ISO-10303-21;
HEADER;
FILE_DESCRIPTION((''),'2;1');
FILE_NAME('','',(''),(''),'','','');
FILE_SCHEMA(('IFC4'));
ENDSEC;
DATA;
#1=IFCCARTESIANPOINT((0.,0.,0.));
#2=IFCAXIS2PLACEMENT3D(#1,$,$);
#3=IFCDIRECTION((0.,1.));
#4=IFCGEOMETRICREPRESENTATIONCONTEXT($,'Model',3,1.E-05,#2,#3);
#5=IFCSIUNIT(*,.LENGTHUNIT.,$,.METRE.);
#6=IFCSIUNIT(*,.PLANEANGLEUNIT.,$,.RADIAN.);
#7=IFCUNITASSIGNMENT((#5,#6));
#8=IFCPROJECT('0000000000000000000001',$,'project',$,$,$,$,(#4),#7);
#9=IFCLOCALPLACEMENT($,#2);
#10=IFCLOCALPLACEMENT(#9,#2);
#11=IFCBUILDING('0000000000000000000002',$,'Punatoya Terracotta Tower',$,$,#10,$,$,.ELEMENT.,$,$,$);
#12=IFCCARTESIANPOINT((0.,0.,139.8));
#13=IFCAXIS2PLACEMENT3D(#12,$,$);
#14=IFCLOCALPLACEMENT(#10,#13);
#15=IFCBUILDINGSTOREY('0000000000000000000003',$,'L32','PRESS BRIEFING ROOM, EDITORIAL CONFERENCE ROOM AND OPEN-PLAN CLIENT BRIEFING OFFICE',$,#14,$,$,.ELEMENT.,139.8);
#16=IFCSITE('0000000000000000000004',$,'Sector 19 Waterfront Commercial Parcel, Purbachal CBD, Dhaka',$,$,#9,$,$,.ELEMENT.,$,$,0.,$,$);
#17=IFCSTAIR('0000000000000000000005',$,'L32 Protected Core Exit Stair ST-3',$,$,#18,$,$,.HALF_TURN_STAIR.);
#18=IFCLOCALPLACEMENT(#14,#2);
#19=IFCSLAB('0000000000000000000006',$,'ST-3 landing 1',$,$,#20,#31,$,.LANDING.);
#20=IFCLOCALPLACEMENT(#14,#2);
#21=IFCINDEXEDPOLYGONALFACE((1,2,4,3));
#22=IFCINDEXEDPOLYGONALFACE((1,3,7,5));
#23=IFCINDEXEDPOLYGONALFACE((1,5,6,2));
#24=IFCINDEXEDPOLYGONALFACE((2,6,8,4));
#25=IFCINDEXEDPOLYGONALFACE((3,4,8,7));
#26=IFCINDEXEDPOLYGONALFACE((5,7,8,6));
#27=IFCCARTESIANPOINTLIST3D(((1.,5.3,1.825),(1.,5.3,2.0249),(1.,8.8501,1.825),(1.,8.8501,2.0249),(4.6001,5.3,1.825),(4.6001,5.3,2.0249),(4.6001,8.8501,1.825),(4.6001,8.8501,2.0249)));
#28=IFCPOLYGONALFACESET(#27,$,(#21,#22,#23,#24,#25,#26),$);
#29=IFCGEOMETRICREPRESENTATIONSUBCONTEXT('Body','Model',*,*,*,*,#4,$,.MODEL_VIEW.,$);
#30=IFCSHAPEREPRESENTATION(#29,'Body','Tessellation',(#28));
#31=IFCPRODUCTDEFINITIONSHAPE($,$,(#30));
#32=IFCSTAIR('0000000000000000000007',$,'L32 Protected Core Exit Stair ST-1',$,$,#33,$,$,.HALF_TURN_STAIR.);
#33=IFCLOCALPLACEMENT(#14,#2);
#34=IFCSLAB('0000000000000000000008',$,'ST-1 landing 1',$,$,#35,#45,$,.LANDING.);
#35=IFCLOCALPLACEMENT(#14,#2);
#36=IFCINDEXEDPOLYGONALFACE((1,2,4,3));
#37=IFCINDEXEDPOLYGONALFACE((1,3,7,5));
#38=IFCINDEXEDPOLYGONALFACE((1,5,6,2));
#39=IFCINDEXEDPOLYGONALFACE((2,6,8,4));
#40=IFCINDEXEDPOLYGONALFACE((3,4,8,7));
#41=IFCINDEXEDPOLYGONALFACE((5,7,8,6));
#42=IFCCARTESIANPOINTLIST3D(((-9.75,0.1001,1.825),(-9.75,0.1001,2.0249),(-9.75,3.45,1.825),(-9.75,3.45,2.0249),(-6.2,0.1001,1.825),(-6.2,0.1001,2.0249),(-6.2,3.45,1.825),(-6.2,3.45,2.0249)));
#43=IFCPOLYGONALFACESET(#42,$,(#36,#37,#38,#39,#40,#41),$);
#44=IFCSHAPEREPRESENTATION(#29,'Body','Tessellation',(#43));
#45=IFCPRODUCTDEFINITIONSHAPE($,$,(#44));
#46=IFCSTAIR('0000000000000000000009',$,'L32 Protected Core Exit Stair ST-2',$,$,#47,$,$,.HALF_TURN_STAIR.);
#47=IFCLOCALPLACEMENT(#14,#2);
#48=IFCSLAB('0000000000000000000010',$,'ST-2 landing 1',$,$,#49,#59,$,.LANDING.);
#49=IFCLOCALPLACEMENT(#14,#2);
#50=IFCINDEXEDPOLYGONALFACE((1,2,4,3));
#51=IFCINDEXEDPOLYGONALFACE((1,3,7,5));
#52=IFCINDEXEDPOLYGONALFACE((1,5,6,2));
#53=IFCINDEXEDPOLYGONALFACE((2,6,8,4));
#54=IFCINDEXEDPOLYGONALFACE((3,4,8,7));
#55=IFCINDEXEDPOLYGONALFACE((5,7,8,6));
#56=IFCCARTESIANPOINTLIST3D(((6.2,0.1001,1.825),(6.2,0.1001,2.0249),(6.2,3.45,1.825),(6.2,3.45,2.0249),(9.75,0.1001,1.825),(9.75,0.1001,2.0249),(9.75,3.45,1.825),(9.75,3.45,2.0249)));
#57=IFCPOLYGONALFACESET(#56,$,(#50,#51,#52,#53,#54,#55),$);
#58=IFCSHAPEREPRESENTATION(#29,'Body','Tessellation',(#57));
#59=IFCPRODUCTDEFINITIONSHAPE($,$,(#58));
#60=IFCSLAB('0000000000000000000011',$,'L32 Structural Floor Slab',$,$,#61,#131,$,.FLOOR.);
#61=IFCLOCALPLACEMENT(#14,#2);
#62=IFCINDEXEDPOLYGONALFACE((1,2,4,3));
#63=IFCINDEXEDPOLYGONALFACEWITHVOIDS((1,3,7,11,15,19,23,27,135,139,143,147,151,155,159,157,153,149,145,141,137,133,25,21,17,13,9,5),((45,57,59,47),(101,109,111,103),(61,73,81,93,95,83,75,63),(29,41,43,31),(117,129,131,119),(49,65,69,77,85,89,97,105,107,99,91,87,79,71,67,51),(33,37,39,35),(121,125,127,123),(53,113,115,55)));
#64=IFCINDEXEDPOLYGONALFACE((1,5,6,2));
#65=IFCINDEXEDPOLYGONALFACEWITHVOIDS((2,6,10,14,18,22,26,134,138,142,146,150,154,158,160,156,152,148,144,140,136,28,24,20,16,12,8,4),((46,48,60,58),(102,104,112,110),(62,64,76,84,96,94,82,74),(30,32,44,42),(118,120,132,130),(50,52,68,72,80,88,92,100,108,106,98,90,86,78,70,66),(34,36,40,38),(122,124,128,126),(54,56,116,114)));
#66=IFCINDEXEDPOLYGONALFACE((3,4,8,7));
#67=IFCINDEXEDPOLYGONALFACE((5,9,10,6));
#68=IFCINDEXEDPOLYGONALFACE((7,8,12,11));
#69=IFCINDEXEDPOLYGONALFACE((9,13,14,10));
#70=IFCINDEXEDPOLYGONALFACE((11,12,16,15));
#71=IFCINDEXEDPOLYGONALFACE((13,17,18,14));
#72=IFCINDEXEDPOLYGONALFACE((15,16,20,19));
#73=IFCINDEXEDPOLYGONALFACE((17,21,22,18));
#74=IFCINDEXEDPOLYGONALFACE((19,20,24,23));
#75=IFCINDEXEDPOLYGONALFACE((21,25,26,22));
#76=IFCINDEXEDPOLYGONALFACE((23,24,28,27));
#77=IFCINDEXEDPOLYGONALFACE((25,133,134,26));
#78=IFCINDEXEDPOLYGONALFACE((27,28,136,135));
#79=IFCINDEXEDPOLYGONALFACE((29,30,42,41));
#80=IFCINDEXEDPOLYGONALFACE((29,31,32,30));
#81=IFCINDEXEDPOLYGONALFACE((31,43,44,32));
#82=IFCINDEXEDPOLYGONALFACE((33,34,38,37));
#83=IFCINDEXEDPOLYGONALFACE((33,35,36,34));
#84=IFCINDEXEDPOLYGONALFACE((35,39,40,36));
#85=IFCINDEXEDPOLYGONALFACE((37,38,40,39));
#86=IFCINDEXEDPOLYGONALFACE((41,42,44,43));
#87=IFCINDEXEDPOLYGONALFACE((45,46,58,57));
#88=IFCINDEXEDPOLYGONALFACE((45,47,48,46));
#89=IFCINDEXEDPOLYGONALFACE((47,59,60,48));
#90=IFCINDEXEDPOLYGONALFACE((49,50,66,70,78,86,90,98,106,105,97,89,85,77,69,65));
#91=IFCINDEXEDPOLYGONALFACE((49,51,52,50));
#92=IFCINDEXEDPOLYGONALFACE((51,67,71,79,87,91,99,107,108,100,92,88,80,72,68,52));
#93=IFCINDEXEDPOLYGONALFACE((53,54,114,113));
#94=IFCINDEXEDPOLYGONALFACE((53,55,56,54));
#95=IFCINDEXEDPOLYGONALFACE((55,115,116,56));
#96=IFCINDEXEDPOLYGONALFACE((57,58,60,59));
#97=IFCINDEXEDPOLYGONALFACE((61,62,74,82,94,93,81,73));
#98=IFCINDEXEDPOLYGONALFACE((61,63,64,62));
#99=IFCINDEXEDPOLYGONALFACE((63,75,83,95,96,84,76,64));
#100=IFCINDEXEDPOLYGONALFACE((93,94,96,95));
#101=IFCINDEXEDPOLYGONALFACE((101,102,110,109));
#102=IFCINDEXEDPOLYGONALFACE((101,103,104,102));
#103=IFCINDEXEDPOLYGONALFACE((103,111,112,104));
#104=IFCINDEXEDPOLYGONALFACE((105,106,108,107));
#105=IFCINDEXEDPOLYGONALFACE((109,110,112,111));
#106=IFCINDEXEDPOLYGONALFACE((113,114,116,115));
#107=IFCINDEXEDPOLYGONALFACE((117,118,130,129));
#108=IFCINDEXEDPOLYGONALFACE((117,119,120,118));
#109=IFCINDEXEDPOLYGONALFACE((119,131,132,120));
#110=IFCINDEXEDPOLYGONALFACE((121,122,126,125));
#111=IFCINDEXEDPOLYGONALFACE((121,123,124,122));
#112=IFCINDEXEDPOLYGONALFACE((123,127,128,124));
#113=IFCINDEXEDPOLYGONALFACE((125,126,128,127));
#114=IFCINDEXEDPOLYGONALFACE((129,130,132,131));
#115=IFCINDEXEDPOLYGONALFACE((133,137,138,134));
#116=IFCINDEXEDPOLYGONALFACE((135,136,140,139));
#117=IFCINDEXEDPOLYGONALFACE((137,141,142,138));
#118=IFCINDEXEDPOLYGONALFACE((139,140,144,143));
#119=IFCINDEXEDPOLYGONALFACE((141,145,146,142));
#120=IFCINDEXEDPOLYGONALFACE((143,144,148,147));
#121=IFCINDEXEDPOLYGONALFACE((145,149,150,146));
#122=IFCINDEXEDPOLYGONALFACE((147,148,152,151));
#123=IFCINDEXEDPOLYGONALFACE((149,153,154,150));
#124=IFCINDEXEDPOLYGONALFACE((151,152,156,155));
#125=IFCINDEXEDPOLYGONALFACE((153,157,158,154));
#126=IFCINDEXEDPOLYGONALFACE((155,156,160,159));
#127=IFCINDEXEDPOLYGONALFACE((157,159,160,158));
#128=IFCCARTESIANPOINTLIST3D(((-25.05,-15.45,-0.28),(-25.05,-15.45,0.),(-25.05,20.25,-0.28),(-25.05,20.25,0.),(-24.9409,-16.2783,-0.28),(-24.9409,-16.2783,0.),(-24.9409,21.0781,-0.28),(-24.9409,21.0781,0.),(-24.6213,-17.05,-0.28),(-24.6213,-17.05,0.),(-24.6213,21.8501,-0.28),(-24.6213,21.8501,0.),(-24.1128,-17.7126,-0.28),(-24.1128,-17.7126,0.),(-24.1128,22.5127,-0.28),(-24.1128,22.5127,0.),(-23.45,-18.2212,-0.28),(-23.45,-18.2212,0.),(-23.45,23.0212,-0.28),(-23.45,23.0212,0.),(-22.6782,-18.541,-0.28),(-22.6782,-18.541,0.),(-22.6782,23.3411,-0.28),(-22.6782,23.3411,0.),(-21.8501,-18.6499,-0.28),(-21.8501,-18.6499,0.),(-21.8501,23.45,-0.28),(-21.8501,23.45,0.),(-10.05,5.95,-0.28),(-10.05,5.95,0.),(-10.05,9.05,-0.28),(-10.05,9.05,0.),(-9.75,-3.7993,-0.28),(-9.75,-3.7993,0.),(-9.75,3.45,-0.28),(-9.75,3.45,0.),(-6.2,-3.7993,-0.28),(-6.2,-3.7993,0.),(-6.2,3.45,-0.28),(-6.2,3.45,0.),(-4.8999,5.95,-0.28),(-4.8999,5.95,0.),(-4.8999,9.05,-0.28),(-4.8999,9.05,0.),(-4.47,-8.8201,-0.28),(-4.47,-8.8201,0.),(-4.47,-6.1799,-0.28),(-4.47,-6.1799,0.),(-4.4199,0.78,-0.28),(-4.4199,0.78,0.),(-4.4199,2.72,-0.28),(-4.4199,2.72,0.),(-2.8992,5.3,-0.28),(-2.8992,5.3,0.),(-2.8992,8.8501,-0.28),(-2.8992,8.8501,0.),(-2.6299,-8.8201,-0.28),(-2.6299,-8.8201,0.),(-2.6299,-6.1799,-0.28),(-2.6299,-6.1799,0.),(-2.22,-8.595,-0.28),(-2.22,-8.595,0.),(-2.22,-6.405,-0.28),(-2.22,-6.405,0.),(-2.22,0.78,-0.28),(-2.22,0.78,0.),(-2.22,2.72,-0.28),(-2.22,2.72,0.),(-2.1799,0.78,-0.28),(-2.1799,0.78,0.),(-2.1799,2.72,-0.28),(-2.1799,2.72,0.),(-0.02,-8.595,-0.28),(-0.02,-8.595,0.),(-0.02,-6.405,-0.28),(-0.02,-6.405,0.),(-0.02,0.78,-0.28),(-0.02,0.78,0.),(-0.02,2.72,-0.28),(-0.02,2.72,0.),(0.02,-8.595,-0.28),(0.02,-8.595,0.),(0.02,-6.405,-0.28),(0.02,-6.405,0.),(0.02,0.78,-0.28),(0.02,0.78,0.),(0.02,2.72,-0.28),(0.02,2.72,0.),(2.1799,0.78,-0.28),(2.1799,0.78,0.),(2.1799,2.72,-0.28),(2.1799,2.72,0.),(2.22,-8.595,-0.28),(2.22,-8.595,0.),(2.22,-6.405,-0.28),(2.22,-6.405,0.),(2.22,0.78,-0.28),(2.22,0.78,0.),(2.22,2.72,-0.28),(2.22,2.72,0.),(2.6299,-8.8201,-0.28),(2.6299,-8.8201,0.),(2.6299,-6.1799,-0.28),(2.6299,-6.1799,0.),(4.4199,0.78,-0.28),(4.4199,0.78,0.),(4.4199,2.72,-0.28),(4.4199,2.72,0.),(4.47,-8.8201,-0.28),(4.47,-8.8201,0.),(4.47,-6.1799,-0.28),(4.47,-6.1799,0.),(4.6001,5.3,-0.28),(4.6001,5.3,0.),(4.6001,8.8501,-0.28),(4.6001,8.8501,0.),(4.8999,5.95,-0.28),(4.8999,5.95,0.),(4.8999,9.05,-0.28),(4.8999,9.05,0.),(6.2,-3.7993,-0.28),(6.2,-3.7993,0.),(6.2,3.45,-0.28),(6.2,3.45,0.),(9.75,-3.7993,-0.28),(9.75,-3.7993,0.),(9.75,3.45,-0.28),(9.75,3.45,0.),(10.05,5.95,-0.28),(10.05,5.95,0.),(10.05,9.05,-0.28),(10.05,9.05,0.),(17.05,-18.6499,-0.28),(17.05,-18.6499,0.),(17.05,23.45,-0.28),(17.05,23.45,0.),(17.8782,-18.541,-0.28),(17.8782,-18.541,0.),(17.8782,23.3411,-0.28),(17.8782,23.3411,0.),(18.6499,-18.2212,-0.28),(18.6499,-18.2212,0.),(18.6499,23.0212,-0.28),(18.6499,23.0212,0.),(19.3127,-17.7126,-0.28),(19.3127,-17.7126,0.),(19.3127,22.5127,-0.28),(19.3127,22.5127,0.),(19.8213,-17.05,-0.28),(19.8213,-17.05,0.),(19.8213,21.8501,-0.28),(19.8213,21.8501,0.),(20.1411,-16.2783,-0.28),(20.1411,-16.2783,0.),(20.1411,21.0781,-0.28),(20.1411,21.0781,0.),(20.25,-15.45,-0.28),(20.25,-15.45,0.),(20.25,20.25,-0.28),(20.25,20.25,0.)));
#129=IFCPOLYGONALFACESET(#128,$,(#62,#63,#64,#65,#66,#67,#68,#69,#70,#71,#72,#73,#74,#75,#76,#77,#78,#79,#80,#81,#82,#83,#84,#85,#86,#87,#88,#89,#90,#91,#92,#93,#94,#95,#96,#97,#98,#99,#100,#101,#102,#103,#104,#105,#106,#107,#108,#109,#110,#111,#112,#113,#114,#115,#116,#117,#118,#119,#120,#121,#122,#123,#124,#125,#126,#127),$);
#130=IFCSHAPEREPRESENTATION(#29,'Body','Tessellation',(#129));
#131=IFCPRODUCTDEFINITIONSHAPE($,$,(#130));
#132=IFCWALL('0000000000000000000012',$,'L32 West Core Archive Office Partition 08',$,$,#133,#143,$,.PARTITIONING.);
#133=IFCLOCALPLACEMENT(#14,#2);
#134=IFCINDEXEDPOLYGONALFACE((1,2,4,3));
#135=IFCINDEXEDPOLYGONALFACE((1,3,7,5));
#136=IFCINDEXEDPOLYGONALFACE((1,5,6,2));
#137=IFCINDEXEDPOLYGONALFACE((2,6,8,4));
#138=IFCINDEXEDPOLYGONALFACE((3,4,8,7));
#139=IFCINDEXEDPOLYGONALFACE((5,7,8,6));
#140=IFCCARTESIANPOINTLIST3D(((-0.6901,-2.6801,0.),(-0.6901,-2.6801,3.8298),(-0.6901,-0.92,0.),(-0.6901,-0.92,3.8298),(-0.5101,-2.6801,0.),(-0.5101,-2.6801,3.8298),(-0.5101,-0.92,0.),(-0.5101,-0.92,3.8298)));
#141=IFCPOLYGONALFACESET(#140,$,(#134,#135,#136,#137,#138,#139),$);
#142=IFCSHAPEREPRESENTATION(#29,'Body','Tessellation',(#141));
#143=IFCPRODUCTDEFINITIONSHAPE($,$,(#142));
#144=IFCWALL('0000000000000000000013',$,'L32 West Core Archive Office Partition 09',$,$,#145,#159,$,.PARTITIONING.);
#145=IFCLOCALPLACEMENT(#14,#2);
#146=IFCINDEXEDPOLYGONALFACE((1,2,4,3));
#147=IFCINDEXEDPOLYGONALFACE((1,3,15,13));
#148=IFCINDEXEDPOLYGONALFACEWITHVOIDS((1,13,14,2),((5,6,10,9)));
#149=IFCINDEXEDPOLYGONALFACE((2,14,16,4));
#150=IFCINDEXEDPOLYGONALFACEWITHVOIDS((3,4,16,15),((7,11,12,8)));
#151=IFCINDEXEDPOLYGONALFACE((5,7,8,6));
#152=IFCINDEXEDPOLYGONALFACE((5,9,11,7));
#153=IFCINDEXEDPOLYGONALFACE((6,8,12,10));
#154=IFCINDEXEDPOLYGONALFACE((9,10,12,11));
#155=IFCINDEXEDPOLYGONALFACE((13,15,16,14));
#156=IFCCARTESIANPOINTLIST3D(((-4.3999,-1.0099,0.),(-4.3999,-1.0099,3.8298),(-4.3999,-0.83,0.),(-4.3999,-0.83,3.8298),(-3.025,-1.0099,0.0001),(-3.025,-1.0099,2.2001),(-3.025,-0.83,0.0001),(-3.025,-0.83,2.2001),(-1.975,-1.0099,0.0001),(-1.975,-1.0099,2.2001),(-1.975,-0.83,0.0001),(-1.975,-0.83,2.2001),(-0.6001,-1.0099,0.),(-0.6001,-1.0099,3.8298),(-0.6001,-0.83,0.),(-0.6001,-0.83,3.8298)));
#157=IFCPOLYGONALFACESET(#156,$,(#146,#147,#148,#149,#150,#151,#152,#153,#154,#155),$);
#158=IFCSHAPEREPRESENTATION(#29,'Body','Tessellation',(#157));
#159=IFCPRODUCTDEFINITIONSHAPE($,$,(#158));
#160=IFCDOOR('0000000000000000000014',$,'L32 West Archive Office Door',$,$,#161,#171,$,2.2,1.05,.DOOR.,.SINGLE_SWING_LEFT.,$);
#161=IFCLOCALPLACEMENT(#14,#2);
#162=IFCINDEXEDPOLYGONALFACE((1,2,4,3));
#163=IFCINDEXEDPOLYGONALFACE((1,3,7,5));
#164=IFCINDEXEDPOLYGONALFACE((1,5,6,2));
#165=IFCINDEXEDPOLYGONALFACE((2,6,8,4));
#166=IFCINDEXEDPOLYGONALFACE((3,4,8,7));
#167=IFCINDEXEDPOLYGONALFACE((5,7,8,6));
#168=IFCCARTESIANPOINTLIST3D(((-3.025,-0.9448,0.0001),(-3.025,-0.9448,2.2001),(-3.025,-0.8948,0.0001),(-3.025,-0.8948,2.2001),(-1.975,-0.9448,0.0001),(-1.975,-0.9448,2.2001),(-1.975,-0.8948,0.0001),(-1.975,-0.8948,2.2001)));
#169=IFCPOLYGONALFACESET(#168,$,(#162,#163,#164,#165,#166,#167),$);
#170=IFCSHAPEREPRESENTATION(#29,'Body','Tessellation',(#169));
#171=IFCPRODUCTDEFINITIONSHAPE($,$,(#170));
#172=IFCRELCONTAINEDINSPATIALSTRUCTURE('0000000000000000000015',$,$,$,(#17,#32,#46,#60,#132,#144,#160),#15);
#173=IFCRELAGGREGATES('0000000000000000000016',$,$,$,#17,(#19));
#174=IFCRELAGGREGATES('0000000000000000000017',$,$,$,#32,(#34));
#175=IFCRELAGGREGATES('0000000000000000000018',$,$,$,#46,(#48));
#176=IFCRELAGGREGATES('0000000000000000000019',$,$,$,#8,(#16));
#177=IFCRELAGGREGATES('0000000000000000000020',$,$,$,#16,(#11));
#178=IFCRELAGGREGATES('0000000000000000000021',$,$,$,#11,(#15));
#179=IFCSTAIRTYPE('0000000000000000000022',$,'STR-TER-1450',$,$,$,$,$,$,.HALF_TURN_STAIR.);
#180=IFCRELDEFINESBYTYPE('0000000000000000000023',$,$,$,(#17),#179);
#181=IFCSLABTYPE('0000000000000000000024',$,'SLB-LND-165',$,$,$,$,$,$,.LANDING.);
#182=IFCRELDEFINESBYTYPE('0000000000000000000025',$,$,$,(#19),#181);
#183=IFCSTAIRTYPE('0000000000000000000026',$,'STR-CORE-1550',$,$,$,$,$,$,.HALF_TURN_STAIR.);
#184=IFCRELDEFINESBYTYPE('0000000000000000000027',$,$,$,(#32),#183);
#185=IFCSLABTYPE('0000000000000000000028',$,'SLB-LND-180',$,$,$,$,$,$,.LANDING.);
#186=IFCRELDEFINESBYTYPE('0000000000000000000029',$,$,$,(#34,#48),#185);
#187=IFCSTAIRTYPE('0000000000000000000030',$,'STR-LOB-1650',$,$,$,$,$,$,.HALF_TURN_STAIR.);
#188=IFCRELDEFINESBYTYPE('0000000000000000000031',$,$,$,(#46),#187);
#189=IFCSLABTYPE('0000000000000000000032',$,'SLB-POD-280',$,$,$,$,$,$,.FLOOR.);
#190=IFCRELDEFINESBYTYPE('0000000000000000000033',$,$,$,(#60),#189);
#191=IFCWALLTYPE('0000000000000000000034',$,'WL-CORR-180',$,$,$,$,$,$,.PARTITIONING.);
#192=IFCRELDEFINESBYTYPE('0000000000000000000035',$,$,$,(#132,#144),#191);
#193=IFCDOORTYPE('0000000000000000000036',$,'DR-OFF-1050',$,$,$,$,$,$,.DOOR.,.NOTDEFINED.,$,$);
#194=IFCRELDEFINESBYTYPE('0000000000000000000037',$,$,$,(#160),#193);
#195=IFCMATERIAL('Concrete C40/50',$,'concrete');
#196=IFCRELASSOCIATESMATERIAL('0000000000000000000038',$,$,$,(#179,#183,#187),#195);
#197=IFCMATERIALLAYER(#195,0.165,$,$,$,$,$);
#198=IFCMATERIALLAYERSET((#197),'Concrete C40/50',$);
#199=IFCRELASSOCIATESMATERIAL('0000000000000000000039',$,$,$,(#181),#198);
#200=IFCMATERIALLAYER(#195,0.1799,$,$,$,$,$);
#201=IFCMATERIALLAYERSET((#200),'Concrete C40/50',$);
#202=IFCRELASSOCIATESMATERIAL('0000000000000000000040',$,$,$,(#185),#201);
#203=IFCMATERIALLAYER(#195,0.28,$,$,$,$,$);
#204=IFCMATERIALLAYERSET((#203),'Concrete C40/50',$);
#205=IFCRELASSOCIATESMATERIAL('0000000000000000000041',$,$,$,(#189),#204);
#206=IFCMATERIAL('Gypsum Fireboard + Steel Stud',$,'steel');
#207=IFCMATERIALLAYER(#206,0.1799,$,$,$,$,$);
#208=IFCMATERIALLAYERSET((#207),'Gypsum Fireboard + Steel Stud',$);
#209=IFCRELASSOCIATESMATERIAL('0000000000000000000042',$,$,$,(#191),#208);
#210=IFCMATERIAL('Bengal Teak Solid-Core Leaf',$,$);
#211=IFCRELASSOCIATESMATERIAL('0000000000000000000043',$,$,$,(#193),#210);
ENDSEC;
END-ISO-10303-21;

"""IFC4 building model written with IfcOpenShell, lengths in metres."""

from ifc_helpers import new_model, si_unit, direction, frame, frame_2d, origin, place, context, subcontext, project, spatial, polyline, rectangle, outline, extrude, material, layer, layer_set, type_object, element, fill, aggregate, save


model = new_model("IFC4")

# Units and contexts
model_context = context("Model", 3, precision=1e-05, world=origin(), true_north=direction((0.0, 1.0)))
body_context = subcontext(model_context, "Body", "Model", "MODEL_VIEW")
ifc_project = project(units=[si_unit("LENGTHUNIT", "METRE"), si_unit("PLANEANGLEUNIT", "RADIAN")], contexts=[model_context])

# Site, building, storey
site_placement = place(None, origin())
site = spatial("IfcSite", under=ifc_project, at=site_placement, Name="Sector 19 Waterfront Commercial Parcel, Purbachal CBD, Dhaka", CompositionType="ELEMENT", RefElevation=0.0)
building_placement = place(site_placement, origin())
building = spatial("IfcBuilding", under=site, at=building_placement, Name="Punatoya Terracotta Tower", CompositionType="ELEMENT")
storey_placement = place(building_placement, frame((0.0, 0.0, 139.8)))
storey = spatial("IfcBuildingStorey", under=building, at=storey_placement, Name="L32", Description="PRESS BRIEFING ROOM, EDITORIAL CONFERENCE ROOM AND OPEN-PLAN CLIENT BRIEFING OFFICE", CompositionType="ELEMENT", Elevation=139.8)

# Stairs, slabs
ifc_material_1 = material(Name="Concrete C40/50", Category="concrete")
stair_type_1 = type_object("IfcStairType", Name="STR-TER-1450", PredefinedType="HALF_TURN_STAIR", material=ifc_material_1)
stair_1_placement = place(storey_placement, origin())
stair_1 = element("IfcStair", 1, at=stair_1_placement, inside=storey, type_object=stair_type_1, Name="L32 Protected Core Exit Stair ST-3", PredefinedType="HALF_TURN_STAIR")
ifc_layer_1 = layer(ifc_material_1, 0.165)
ifc_layer_set_1 = layer_set([ifc_layer_1], Name="Concrete C40/50")
slab_type_1 = type_object("IfcSlabType", Name="SLB-LND-165", PredefinedType="LANDING", material=ifc_layer_set_1)
slab_1_placement = place(storey_placement, frame((0.0, 0.0, 1.825)))
slab_1 = element("IfcSlab", 2, at=slab_1_placement, type_object=slab_type_1, Name="ST-3 landing 1", PredefinedType="LANDING", context=body_context, shape_type="SweptSolid", body=[
    extrude(outline(polyline([(1.0, 5.3), (4.6001, 5.3), (4.6001, 8.8501), (1.0, 8.8501), (1.0, 5.3)])), origin(), (0.0, 0.0, 1.0), 0.2),
])
aggregate(stair_1, [slab_1])
stair_type_2 = type_object("IfcStairType", Name="STR-CORE-1550", PredefinedType="HALF_TURN_STAIR", material=ifc_material_1)
stair_2_placement = place(storey_placement, origin())
stair_2 = element("IfcStair", 3, at=stair_2_placement, inside=storey, type_object=stair_type_2, Name="L32 Protected Core Exit Stair ST-1", PredefinedType="HALF_TURN_STAIR")
ifc_layer_2 = layer(ifc_material_1, 0.1799)
ifc_layer_set_2 = layer_set([ifc_layer_2], Name="Concrete C40/50")
slab_type_2 = type_object("IfcSlabType", Name="SLB-LND-180", PredefinedType="LANDING", material=ifc_layer_set_2)
slab_2_placement = place(storey_placement, frame((0.0, 0.0, 1.825)))
slab_2 = element("IfcSlab", 4, at=slab_2_placement, type_object=slab_type_2, Name="ST-1 landing 1", PredefinedType="LANDING", context=body_context, shape_type="SweptSolid", body=[
    extrude(outline(polyline([(-6.2, 0.1001), (-6.2, 3.45), (-9.75, 3.45), (-9.75, 0.1001), (-6.2, 0.1001)])), origin(), (0.0, 0.0, 1.0), 0.2),
])
aggregate(stair_2, [slab_2])
stair_type_3 = type_object("IfcStairType", Name="STR-LOB-1650", PredefinedType="HALF_TURN_STAIR", material=ifc_material_1)
stair_3_placement = place(storey_placement, origin())
stair_3 = element("IfcStair", 5, at=stair_3_placement, inside=storey, type_object=stair_type_3, Name="L32 Protected Core Exit Stair ST-2", PredefinedType="HALF_TURN_STAIR")
slab_3_placement = place(storey_placement, frame((0.0, 0.0, 1.825)))
slab_3 = element("IfcSlab", 6, at=slab_3_placement, type_object=slab_type_2, Name="ST-2 landing 1", PredefinedType="LANDING", context=body_context, shape_type="SweptSolid", body=[
    extrude(outline(polyline([(9.75, 0.1001), (9.75, 3.45), (6.2, 3.45), (6.2, 0.1001), (9.75, 0.1001)])), origin(), (0.0, 0.0, 1.0), 0.2),
])
aggregate(stair_3, [slab_3])

# Slab
ifc_layer_3 = layer(ifc_material_1, 0.28)
ifc_layer_set_3 = layer_set([ifc_layer_3], Name="Concrete C40/50")
slab_type_3 = type_object("IfcSlabType", Name="SLB-POD-280", PredefinedType="FLOOR", material=ifc_layer_set_3)
slab_4_placement = place(storey_placement, frame((0.0, 0.0, -0.28)))
element("IfcSlab", 7, at=slab_4_placement, inside=storey, type_object=slab_type_3, Name="L32 Structural Floor Slab", PredefinedType="FLOOR", context=body_context, shape_type="SweptSolid", body=[
    extrude(outline(polyline([(-21.8501, -18.6499), (-22.6782, -18.541), (-23.45, -18.2212), (-24.1128, -17.7126), (-24.6213, -17.05), (-24.9409, -16.2783), (-25.05, -15.45), (-25.05, 20.25), (-24.9409, 21.0781), (-24.6213, 21.8501), (-24.1128, 22.5127), (-23.45, 23.0212), (-22.6782, 23.3411), (-21.8501, 23.45), (17.05, 23.45), (17.8782, 23.3411), (18.6499, 23.0212), (19.3127, 22.5127), (19.8213, 21.8501), (20.1411, 21.0781), (20.25, 20.25), (20.25, -15.45), (20.1411, -16.2783), (19.8213, -17.05), (19.3127, -17.7126), (18.6499, -18.2212), (17.8782, -18.541), (17.05, -18.6499), (-21.8501, -18.6499)]), holes=[polyline([(-2.6299, -6.1799), (-4.47, -6.1799), (-4.47, -8.8201), (-2.6299, -8.8201), (-2.6299, -6.1799)]), polyline([(0.02, -8.595), (2.22, -8.595), (2.22, -6.405), (0.02, -6.405), (-0.02, -6.405), (-2.22, -6.405), (-2.22, -8.595), (-0.02, -8.595), (0.02, -8.595)]), polyline([(-6.2, 3.45), (-9.75, 3.45), (-9.75, -3.7993), (-6.2, -3.7993), (-6.2, 3.45)]), polyline([(-4.4199, 2.72), (-4.4199, 0.78), (-2.22, 0.78), (-2.1799, 0.78), (-0.02, 0.78), (0.02, 0.78), (2.1799, 0.78), (2.22, 0.78), (4.4199, 0.78), (4.4199, 2.72), (2.22, 2.72), (2.1799, 2.72), (0.02, 2.72), (-0.02, 2.72), (-2.1799, 2.72), (-2.22, 2.72), (-4.4199, 2.72)]), polyline([(4.6001, 5.3), (4.6001, 8.8501), (-2.8992, 8.8501), (-2.8992, 5.3), (4.6001, 5.3)]), polyline([(-4.8999, 9.05), (-10.05, 9.05), (-10.05, 5.95), (-4.8999, 5.95), (-4.8999, 9.05)]), polyline([(4.47, -8.8201), (4.47, -6.1799), (2.6299, -6.1799), (2.6299, -8.8201), (4.47, -8.8201)]), polyline([(9.75, 3.45), (6.2, 3.45), (6.2, -3.7993), (9.75, -3.7993), (9.75, 3.45)]), polyline([(10.05, 5.95), (10.05, 9.05), (4.8999, 9.05), (4.8999, 5.95), (10.05, 5.95)])]), origin(), (0.0, 0.0, 1.0), 0.28),
])

# Wall
ifc_material_2 = material(Name="Gypsum Fireboard + Steel Stud", Category="steel")
ifc_layer_4 = layer(ifc_material_2, 0.1799)
ifc_layer_set_4 = layer_set([ifc_layer_4], Name="Gypsum Fireboard + Steel Stud")
wall_type_1 = type_object("IfcWallType", Name="WL-CORR-180", PredefinedType="PARTITIONING", material=ifc_layer_set_4)
wall_1_placement = place(storey_placement, frame((-0.6001, -2.6799, 0.0), z_axis=(0.0, 0.0, 1.0), x_axis=(0.0, 1.0, 0.0)))
element("IfcWall", 8, at=wall_1_placement, inside=storey, type_object=wall_type_1, Name="L32 West Core Archive Office Partition 08", PredefinedType="PARTITIONING", context=body_context, shape_type="SweptSolid", body=[
    extrude(rectangle(XDim=1.76, YDim=0.1799, at=frame_2d((0.8799, 0.0))), origin(), (0.0, 0.0, 1.0), 3.8298),
])

# Wall, opening, door
wall_2_placement = place(storey_placement, frame((-0.6001, -0.9199, 0.0), z_axis=(0.0, 0.0, 1.0), x_axis=(-1.0, 0.0, 0.0)))
wall_2 = element("IfcWall", 9, at=wall_2_placement, inside=storey, type_object=wall_type_1, Name="L32 West Core Archive Office Partition 09", PredefinedType="PARTITIONING", context=body_context, shape_type="SweptSolid", body=[
    extrude(rectangle(XDim=3.7998, YDim=0.1799, at=frame_2d((1.8999, 0.0))), origin(), (0.0, 0.0, 1.0), 3.8298),
])
opening_1_placement = place(wall_2_placement, frame((1.375, 0.0, 0.0)))
opening_1 = element("IfcOpeningElement", 10, at=opening_1_placement, cuts=wall_2, PredefinedType="OPENING", context=body_context, shape_type="SweptSolid", body=[
    extrude(rectangle(XDim=1.05, YDim=2.2, at=frame_2d((0.5249, 1.1001))), frame((0.0, 0.0999, 0.0), z_axis=(0.0, -1.0, 0.0), x_axis=(1.0, 0.0, 0.0)), (0.0, 0.0, 1.0), 0.2),
])
ifc_material_3 = material(Name="Bengal Teak Solid-Core Leaf")
door_type_1 = type_object("IfcDoorType", Name="DR-OFF-1050", OperationType="NOTDEFINED", PredefinedType="DOOR", material=ifc_material_3)
door_1_placement = place(opening_1_placement, origin())
door_1 = element("IfcDoor", 11, at=door_1_placement, inside=storey, type_object=door_type_1, Name="L32 West Archive Office Door", OperationType="SINGLE_SWING_LEFT", OverallHeight=2.2, OverallWidth=1.05, PredefinedType="DOOR", context=body_context, shape_type="SweptSolid", body=[
    extrude(rectangle(XDim=1.05, YDim=2.2, at=frame_2d((0.5249, 1.1001))), frame((0.0, 0.0249, 0.0), z_axis=(0.0, -1.0, 0.0), x_axis=(1.0, 0.0, 0.0)), (0.0, 0.0, 1.0), 0.05),
])
fill(opening_1, door_1)

save(model, "model.ifc")
